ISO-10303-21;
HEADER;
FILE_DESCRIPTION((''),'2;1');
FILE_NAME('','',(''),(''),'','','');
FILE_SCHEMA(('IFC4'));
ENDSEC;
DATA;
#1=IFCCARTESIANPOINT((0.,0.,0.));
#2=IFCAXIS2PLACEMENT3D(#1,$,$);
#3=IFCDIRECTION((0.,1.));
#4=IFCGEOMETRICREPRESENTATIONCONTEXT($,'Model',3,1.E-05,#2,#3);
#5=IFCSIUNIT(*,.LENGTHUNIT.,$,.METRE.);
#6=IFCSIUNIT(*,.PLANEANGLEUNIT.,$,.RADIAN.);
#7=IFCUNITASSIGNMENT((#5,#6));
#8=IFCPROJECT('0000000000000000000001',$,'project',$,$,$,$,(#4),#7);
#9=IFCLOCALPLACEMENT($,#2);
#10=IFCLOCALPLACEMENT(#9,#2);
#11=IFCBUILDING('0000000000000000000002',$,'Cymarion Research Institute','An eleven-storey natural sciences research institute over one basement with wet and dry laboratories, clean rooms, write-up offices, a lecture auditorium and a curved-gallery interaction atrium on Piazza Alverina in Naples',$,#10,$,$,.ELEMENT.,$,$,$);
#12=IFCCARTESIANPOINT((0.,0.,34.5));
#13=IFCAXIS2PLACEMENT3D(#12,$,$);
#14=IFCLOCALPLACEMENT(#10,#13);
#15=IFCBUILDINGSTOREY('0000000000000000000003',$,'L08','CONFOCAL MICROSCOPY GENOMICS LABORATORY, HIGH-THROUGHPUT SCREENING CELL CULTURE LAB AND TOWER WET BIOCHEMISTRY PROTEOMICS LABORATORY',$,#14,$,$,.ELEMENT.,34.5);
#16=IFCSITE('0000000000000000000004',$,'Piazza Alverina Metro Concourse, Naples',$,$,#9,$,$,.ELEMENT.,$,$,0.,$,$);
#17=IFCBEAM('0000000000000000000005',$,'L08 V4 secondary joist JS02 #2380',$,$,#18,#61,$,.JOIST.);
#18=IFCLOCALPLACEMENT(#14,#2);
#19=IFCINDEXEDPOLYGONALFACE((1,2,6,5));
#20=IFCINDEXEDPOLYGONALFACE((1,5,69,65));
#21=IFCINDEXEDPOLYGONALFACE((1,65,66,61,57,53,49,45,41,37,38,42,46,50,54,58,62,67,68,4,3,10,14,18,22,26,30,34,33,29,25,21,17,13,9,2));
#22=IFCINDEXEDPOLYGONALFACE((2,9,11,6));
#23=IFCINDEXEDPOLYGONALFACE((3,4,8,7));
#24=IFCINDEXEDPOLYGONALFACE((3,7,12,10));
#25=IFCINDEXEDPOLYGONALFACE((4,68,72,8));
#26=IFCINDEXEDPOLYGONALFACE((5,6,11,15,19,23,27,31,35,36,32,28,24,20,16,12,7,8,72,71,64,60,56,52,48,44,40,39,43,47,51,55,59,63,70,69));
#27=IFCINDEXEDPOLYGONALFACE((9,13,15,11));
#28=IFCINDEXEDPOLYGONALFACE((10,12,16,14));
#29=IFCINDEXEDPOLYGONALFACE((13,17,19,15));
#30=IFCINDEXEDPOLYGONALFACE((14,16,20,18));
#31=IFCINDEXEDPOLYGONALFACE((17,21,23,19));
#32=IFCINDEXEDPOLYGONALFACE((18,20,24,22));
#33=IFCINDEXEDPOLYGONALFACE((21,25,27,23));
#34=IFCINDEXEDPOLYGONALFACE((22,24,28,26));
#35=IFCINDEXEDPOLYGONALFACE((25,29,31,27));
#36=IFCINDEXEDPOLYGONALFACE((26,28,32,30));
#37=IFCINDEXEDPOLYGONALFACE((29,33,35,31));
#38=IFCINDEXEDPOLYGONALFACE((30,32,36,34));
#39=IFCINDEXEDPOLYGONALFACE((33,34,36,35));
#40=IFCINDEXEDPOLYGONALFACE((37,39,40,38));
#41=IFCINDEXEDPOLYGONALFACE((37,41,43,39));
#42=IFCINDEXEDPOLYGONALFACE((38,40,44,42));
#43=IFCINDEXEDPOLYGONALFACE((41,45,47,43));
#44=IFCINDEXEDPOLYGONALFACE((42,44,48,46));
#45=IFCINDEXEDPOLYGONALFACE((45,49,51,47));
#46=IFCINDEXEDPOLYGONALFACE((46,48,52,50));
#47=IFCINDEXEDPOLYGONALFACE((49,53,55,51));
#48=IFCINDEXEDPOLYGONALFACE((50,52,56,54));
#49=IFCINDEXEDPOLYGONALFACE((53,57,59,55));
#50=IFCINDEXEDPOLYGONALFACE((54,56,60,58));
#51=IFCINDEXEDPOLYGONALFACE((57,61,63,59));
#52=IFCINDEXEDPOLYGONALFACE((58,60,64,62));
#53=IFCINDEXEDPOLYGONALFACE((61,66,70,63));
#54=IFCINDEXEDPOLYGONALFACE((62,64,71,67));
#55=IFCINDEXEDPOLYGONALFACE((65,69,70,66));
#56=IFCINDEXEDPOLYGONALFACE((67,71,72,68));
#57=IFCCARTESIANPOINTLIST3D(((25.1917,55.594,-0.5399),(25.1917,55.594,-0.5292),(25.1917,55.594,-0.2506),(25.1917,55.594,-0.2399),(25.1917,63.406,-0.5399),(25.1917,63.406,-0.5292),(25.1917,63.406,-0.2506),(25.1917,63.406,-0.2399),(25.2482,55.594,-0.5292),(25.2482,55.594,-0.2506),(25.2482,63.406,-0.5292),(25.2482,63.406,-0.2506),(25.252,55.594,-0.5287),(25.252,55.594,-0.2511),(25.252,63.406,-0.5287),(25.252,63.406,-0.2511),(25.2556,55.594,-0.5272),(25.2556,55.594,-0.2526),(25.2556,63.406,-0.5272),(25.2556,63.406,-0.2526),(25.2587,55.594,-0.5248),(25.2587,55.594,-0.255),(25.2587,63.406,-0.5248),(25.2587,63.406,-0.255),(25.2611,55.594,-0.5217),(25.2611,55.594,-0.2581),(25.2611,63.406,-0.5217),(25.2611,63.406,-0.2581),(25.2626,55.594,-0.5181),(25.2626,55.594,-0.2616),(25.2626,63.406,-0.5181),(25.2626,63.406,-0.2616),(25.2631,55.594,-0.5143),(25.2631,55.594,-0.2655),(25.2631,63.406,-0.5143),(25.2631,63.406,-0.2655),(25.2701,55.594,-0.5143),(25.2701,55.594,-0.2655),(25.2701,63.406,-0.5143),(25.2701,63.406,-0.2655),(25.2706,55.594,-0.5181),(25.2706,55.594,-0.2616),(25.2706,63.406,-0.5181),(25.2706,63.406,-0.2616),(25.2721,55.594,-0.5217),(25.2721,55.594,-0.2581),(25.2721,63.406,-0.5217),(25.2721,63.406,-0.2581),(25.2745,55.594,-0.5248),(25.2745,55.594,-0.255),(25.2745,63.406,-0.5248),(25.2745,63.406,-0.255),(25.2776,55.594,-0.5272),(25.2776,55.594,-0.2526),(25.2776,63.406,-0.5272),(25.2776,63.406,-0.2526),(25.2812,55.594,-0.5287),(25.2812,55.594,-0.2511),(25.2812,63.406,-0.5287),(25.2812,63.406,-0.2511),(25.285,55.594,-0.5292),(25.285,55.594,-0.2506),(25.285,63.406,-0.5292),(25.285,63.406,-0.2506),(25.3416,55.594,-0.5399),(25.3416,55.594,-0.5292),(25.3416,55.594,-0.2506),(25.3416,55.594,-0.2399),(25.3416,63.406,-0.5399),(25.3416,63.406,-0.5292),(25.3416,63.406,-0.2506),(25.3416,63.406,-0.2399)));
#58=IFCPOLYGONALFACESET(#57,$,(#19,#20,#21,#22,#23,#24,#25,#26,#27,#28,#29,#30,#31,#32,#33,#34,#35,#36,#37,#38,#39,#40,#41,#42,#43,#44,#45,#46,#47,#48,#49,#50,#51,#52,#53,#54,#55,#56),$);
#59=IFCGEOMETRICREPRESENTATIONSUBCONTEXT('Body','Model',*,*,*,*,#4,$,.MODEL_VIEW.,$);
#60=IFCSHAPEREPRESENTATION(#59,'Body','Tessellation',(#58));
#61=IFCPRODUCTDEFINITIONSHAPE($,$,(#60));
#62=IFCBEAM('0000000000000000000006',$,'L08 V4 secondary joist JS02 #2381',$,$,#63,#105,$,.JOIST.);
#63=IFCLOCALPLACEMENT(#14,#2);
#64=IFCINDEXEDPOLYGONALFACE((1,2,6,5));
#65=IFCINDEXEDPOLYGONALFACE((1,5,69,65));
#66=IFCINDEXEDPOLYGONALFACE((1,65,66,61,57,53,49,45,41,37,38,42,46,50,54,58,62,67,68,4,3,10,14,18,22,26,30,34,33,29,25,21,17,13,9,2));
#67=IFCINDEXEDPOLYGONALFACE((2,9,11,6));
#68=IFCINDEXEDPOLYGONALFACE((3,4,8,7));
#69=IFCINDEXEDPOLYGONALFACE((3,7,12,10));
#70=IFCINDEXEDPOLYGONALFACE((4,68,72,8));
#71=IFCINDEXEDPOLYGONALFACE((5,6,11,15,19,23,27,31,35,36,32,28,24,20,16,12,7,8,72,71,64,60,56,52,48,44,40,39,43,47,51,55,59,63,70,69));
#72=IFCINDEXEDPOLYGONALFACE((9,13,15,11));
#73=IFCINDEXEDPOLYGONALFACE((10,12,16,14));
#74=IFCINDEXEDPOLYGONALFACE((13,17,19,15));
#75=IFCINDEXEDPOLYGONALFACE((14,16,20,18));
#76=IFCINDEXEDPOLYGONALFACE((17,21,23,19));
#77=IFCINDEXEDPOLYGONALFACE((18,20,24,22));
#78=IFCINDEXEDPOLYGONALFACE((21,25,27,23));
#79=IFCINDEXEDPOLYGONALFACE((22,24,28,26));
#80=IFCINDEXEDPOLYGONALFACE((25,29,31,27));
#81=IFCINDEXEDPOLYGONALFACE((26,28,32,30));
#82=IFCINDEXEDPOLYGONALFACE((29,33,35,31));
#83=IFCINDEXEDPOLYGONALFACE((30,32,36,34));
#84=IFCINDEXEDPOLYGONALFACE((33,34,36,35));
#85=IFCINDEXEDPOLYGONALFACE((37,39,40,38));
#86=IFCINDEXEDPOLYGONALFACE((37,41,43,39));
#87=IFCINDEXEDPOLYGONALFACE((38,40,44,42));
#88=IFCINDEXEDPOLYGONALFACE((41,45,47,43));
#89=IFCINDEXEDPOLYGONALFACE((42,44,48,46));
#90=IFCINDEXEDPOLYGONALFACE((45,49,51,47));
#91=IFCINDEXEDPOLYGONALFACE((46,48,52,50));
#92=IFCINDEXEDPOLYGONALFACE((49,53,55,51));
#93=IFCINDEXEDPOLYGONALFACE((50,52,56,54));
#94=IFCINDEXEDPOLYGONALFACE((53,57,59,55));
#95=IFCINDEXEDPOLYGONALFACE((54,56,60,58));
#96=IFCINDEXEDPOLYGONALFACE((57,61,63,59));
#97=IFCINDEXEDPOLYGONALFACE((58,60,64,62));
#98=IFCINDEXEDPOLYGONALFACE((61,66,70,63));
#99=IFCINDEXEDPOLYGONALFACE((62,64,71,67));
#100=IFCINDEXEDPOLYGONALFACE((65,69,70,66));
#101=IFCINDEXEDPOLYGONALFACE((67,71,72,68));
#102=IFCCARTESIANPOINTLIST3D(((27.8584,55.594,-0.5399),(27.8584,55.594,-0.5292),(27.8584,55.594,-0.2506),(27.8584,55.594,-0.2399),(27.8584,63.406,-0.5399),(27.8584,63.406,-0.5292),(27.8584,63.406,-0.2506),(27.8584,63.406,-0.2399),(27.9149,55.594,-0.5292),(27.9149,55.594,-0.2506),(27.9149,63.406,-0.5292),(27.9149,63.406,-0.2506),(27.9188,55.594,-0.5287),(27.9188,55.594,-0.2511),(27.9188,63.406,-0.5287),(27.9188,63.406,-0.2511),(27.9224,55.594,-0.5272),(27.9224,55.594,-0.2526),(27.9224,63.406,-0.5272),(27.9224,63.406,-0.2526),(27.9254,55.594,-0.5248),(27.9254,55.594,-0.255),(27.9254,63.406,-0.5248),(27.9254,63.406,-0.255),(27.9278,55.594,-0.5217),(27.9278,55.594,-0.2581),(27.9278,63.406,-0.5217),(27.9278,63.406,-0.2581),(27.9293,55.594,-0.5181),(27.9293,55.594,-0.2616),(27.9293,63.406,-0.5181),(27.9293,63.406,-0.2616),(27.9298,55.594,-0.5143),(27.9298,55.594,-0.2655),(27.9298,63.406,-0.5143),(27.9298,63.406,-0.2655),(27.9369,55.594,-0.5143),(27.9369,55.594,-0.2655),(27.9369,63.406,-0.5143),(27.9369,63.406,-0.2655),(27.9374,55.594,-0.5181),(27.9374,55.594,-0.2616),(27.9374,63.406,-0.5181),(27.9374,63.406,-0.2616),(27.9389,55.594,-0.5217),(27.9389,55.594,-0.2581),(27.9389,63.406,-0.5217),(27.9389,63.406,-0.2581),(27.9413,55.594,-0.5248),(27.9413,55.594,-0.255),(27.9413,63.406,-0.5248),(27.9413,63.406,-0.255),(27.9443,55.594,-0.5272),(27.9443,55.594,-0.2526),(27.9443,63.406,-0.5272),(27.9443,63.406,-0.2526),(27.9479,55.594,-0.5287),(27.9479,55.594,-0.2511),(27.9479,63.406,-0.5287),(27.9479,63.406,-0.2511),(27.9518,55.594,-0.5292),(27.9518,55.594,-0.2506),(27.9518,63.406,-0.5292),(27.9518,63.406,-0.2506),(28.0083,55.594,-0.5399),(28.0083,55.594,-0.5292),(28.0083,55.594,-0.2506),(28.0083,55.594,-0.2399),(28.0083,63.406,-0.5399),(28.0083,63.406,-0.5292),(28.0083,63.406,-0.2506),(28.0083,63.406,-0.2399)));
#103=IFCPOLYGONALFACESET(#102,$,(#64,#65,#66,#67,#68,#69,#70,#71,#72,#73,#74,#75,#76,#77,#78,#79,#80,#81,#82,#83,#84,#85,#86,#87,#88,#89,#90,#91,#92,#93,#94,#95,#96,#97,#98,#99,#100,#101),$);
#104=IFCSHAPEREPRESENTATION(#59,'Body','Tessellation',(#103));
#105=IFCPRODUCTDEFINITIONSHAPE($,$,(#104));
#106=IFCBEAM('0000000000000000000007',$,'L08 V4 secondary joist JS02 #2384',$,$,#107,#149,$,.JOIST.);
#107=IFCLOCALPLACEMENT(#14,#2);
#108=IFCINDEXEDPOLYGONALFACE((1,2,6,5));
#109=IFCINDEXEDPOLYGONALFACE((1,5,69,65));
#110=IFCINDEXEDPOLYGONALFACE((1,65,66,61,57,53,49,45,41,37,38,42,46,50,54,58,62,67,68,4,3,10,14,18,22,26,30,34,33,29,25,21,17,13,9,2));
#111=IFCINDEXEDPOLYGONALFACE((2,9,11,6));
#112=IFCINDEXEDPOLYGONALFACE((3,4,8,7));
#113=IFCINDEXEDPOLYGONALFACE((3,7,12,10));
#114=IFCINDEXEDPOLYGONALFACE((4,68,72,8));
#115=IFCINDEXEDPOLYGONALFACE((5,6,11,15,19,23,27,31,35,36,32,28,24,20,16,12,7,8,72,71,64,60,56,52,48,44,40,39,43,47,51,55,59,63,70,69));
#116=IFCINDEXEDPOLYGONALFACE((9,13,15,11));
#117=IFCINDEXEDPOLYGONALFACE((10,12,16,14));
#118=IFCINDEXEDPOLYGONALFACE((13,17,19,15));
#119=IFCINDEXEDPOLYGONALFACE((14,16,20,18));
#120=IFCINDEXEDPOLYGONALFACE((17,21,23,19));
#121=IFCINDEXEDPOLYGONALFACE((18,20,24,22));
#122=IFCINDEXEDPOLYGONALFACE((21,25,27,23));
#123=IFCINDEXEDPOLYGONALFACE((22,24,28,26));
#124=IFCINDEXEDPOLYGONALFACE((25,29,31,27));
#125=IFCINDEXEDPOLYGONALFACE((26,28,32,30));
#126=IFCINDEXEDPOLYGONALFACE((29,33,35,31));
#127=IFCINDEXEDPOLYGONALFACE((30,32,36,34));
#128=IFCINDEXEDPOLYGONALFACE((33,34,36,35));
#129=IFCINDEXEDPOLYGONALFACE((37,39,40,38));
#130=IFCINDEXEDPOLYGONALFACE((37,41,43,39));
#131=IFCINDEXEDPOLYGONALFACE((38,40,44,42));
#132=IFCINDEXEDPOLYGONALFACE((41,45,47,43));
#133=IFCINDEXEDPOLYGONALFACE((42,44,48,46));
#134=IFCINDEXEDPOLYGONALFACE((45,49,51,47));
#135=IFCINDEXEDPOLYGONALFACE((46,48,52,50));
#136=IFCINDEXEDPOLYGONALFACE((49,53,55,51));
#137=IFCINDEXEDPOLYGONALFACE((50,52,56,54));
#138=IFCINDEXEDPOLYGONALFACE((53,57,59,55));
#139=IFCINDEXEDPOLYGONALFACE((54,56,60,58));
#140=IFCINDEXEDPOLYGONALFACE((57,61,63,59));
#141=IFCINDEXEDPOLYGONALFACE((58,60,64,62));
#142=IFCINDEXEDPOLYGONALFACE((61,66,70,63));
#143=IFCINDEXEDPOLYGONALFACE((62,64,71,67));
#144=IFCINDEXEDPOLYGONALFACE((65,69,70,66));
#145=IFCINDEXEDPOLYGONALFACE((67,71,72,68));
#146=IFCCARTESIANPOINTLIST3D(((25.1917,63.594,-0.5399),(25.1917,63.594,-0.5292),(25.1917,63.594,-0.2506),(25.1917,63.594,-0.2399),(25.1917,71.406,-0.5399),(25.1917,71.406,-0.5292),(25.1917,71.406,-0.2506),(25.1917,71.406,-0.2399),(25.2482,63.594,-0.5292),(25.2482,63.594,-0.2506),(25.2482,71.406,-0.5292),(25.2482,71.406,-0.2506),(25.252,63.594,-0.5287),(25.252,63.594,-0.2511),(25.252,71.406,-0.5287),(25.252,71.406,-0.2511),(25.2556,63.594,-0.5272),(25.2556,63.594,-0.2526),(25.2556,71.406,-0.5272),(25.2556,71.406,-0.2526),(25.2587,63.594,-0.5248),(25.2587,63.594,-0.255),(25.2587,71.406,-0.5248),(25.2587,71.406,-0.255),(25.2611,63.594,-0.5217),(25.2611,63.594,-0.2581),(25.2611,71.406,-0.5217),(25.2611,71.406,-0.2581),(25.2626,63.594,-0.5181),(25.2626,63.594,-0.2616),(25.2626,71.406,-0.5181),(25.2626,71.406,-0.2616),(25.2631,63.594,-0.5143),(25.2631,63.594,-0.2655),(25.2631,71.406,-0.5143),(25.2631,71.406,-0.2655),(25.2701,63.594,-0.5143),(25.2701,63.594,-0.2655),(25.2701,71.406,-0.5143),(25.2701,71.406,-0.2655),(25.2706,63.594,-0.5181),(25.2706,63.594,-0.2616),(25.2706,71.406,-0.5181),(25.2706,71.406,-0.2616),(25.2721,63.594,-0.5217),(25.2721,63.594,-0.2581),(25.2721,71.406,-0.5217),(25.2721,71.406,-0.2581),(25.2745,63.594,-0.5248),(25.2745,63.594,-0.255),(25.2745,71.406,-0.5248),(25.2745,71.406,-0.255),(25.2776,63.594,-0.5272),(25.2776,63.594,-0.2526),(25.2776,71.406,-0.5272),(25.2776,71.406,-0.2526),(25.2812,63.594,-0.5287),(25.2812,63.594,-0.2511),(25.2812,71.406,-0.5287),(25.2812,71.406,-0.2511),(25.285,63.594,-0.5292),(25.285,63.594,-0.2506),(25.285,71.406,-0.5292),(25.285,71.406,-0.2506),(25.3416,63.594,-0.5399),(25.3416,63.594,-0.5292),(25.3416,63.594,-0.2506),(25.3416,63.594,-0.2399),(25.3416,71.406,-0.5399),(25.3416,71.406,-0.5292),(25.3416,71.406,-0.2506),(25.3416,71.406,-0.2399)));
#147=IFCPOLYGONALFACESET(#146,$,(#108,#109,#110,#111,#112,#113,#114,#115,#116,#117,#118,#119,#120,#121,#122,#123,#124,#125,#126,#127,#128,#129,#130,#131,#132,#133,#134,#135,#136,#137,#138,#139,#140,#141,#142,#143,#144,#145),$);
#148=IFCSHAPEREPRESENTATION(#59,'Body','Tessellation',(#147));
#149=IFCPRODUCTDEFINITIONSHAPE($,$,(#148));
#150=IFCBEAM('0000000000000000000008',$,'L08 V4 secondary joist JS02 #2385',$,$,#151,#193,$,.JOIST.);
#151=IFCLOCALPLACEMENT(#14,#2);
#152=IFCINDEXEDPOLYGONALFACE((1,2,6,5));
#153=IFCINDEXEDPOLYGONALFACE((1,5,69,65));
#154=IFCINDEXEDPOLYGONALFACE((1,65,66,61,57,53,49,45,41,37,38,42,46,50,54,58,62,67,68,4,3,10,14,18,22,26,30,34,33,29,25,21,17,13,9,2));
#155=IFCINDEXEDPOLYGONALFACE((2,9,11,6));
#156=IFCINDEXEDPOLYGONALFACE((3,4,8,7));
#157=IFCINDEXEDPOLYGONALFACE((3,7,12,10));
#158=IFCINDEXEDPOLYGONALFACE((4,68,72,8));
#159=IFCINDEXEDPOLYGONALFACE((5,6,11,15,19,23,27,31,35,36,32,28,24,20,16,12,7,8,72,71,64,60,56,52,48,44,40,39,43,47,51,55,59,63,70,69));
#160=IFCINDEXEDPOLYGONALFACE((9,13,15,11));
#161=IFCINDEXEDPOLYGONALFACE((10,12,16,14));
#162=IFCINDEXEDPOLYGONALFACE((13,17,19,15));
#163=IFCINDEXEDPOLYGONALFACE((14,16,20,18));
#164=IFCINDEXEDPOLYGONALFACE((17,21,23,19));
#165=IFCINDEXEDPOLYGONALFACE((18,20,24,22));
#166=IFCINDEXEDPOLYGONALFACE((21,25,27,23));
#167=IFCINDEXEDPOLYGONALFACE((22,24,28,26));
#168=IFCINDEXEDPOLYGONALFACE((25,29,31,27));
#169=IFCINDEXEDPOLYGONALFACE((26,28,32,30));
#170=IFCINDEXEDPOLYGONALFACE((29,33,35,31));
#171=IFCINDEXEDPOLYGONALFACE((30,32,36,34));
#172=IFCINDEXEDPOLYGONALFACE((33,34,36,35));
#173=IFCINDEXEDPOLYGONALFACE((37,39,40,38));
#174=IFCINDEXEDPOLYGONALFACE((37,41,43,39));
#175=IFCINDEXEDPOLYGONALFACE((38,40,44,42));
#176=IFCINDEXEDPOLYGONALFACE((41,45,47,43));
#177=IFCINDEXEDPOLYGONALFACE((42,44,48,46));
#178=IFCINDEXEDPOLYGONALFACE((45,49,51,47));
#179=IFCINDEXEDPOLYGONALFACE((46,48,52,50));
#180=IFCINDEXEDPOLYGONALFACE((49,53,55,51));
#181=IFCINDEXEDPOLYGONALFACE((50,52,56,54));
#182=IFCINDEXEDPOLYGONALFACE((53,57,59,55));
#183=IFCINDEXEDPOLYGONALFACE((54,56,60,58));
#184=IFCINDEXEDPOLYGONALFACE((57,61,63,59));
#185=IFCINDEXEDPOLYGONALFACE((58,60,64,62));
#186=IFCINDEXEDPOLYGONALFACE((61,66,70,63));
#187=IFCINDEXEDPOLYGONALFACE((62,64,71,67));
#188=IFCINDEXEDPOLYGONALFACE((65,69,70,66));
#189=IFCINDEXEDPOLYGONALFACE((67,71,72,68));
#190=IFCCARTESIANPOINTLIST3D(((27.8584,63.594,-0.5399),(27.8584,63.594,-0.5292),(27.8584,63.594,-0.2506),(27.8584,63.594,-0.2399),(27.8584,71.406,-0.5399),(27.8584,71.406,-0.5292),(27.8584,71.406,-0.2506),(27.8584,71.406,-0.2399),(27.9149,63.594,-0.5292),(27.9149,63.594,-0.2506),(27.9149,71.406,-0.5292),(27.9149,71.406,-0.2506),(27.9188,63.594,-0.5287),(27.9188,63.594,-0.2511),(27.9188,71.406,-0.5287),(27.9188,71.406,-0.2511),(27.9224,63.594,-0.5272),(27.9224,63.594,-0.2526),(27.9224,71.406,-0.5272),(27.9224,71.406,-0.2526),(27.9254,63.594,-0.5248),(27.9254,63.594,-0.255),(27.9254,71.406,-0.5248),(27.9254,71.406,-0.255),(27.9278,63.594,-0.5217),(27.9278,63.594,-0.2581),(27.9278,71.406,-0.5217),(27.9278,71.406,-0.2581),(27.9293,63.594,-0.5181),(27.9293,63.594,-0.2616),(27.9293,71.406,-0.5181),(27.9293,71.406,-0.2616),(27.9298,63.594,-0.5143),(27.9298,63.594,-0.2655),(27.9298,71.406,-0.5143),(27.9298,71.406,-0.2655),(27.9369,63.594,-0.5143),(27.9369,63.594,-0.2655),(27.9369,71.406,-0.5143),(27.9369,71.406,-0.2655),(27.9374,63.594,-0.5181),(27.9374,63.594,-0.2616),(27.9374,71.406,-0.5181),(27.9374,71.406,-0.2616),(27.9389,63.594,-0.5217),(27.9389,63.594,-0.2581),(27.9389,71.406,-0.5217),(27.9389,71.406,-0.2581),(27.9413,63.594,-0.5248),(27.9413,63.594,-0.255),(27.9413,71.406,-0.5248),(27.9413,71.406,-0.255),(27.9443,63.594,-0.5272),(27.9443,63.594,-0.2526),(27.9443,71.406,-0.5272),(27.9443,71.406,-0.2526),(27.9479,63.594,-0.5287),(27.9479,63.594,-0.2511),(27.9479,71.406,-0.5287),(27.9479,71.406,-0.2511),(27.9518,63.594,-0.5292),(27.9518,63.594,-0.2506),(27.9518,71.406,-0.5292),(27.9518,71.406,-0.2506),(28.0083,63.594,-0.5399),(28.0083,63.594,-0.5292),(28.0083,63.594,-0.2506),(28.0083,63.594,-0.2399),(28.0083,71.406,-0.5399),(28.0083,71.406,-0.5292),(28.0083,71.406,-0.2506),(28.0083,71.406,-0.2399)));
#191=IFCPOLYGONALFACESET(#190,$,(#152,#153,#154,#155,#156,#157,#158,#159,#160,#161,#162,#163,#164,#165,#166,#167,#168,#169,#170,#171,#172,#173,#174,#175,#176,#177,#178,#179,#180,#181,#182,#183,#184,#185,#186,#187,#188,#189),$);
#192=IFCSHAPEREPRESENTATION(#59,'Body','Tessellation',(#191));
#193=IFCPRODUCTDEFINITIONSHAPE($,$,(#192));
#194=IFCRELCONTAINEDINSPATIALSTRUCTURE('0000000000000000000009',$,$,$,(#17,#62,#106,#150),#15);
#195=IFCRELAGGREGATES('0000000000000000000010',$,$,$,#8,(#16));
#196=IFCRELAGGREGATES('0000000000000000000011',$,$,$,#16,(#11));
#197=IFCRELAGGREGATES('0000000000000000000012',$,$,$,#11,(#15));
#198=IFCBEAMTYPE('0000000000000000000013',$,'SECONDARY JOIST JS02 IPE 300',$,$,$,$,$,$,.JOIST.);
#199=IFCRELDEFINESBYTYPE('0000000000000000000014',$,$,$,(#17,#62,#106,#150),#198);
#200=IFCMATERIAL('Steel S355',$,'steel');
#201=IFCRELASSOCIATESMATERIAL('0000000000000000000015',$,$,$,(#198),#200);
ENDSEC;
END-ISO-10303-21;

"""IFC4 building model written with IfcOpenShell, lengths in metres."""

from ifc_helpers import new_model, si_unit, direction, frame, origin, origin_2d, place, context, subcontext, project, spatial, i_section, extrude, material, material_profile, profile_set, type_object, element, save


model = new_model("IFC4")

# Units and contexts
model_context = context("Model", 3, precision=1e-05, world=origin(), true_north=direction((0.0, 1.0)))
body_context = subcontext(model_context, "Body", "Model", "MODEL_VIEW")
ifc_project = project(units=[si_unit("LENGTHUNIT", "METRE"), si_unit("PLANEANGLEUNIT", "RADIAN")], contexts=[model_context])

# Site, building, storey
site_placement = place(None, origin())
site = spatial("IfcSite", under=ifc_project, at=site_placement, Name="Piazza Alverina Metro Concourse, Naples", CompositionType="ELEMENT", RefElevation=0.0)
building_placement = place(site_placement, origin())
building = spatial("IfcBuilding", under=site, at=building_placement, Name="Cymarion Research Institute", Description="An eleven-storey natural sciences research institute over one basement with wet and dry laboratories, clean rooms, write-up offices, a lecture auditorium and a curved-gallery interaction atrium on Piazza Alverina in Naples", CompositionType="ELEMENT")
storey_placement = place(building_placement, frame((0.0, 0.0, 34.5)))
storey = spatial("IfcBuildingStorey", under=building, at=storey_placement, Name="L08", Description="CONFOCAL MICROSCOPY GENOMICS LABORATORY, HIGH-THROUGHPUT SCREENING CELL CULTURE LAB AND TOWER WET BIOCHEMISTRY PROTEOMICS LABORATORY", CompositionType="ELEMENT", Elevation=34.5)

# Beams
ifc_material_1 = material(Name="Steel S355", Category="steel")
ifc_material_profile_1 = material_profile(ifc_material_1, i_section(OverallWidth=0.1499, OverallDepth=0.3, WebThickness=0.0071, FlangeThickness=0.0107, FilletRadius=0.0149, at=origin_2d()), Name="IPE 300")
ifc_profile_set_1 = profile_set([ifc_material_profile_1], Name="Steel S355")
beam_type_1 = type_object("IfcBeamType", Name="SECONDARY JOIST JS02 IPE 300", PredefinedType="JOIST", material=ifc_profile_set_1)
for number, where, z_axis, x_axis, name in (
    (1, (25.2666, 55.594, -0.3899), (0.0, 1.0, 0.0), (-1.0, 0.0, 0.0), "L08 V4 secondary joist JS02 #2380"),
    (2, (27.9333, 55.594, -0.3899), (0.0, 1.0, 0.0), (-1.0, 0.0, 0.0), "L08 V4 secondary joist JS02 #2381"),
    (3, (25.2666, 63.594, -0.3899), (0.0, 1.0, 0.0), (-1.0, 0.0, 0.0), "L08 V4 secondary joist JS02 #2384"),
    (4, (27.9333, 63.594, -0.3899), (0.0, 1.0, 0.0), (-1.0, 0.0, 0.0), "L08 V4 secondary joist JS02 #2385"),
):
    element("IfcBeam", number, at=place(storey_placement, frame(where, z_axis=z_axis, x_axis=x_axis)), inside=storey, type_object=beam_type_1, Name=name, PredefinedType="JOIST", context=body_context, shape_type="SweptSolid", body=[
        extrude(i_section(OverallWidth=0.1499, OverallDepth=0.3, WebThickness=0.0071, FlangeThickness=0.0107, FilletRadius=0.0149, at=origin_2d()), origin(), (0.0, 0.0, 1.0), 7.812),
    ])

save(model, "model.ifc")
